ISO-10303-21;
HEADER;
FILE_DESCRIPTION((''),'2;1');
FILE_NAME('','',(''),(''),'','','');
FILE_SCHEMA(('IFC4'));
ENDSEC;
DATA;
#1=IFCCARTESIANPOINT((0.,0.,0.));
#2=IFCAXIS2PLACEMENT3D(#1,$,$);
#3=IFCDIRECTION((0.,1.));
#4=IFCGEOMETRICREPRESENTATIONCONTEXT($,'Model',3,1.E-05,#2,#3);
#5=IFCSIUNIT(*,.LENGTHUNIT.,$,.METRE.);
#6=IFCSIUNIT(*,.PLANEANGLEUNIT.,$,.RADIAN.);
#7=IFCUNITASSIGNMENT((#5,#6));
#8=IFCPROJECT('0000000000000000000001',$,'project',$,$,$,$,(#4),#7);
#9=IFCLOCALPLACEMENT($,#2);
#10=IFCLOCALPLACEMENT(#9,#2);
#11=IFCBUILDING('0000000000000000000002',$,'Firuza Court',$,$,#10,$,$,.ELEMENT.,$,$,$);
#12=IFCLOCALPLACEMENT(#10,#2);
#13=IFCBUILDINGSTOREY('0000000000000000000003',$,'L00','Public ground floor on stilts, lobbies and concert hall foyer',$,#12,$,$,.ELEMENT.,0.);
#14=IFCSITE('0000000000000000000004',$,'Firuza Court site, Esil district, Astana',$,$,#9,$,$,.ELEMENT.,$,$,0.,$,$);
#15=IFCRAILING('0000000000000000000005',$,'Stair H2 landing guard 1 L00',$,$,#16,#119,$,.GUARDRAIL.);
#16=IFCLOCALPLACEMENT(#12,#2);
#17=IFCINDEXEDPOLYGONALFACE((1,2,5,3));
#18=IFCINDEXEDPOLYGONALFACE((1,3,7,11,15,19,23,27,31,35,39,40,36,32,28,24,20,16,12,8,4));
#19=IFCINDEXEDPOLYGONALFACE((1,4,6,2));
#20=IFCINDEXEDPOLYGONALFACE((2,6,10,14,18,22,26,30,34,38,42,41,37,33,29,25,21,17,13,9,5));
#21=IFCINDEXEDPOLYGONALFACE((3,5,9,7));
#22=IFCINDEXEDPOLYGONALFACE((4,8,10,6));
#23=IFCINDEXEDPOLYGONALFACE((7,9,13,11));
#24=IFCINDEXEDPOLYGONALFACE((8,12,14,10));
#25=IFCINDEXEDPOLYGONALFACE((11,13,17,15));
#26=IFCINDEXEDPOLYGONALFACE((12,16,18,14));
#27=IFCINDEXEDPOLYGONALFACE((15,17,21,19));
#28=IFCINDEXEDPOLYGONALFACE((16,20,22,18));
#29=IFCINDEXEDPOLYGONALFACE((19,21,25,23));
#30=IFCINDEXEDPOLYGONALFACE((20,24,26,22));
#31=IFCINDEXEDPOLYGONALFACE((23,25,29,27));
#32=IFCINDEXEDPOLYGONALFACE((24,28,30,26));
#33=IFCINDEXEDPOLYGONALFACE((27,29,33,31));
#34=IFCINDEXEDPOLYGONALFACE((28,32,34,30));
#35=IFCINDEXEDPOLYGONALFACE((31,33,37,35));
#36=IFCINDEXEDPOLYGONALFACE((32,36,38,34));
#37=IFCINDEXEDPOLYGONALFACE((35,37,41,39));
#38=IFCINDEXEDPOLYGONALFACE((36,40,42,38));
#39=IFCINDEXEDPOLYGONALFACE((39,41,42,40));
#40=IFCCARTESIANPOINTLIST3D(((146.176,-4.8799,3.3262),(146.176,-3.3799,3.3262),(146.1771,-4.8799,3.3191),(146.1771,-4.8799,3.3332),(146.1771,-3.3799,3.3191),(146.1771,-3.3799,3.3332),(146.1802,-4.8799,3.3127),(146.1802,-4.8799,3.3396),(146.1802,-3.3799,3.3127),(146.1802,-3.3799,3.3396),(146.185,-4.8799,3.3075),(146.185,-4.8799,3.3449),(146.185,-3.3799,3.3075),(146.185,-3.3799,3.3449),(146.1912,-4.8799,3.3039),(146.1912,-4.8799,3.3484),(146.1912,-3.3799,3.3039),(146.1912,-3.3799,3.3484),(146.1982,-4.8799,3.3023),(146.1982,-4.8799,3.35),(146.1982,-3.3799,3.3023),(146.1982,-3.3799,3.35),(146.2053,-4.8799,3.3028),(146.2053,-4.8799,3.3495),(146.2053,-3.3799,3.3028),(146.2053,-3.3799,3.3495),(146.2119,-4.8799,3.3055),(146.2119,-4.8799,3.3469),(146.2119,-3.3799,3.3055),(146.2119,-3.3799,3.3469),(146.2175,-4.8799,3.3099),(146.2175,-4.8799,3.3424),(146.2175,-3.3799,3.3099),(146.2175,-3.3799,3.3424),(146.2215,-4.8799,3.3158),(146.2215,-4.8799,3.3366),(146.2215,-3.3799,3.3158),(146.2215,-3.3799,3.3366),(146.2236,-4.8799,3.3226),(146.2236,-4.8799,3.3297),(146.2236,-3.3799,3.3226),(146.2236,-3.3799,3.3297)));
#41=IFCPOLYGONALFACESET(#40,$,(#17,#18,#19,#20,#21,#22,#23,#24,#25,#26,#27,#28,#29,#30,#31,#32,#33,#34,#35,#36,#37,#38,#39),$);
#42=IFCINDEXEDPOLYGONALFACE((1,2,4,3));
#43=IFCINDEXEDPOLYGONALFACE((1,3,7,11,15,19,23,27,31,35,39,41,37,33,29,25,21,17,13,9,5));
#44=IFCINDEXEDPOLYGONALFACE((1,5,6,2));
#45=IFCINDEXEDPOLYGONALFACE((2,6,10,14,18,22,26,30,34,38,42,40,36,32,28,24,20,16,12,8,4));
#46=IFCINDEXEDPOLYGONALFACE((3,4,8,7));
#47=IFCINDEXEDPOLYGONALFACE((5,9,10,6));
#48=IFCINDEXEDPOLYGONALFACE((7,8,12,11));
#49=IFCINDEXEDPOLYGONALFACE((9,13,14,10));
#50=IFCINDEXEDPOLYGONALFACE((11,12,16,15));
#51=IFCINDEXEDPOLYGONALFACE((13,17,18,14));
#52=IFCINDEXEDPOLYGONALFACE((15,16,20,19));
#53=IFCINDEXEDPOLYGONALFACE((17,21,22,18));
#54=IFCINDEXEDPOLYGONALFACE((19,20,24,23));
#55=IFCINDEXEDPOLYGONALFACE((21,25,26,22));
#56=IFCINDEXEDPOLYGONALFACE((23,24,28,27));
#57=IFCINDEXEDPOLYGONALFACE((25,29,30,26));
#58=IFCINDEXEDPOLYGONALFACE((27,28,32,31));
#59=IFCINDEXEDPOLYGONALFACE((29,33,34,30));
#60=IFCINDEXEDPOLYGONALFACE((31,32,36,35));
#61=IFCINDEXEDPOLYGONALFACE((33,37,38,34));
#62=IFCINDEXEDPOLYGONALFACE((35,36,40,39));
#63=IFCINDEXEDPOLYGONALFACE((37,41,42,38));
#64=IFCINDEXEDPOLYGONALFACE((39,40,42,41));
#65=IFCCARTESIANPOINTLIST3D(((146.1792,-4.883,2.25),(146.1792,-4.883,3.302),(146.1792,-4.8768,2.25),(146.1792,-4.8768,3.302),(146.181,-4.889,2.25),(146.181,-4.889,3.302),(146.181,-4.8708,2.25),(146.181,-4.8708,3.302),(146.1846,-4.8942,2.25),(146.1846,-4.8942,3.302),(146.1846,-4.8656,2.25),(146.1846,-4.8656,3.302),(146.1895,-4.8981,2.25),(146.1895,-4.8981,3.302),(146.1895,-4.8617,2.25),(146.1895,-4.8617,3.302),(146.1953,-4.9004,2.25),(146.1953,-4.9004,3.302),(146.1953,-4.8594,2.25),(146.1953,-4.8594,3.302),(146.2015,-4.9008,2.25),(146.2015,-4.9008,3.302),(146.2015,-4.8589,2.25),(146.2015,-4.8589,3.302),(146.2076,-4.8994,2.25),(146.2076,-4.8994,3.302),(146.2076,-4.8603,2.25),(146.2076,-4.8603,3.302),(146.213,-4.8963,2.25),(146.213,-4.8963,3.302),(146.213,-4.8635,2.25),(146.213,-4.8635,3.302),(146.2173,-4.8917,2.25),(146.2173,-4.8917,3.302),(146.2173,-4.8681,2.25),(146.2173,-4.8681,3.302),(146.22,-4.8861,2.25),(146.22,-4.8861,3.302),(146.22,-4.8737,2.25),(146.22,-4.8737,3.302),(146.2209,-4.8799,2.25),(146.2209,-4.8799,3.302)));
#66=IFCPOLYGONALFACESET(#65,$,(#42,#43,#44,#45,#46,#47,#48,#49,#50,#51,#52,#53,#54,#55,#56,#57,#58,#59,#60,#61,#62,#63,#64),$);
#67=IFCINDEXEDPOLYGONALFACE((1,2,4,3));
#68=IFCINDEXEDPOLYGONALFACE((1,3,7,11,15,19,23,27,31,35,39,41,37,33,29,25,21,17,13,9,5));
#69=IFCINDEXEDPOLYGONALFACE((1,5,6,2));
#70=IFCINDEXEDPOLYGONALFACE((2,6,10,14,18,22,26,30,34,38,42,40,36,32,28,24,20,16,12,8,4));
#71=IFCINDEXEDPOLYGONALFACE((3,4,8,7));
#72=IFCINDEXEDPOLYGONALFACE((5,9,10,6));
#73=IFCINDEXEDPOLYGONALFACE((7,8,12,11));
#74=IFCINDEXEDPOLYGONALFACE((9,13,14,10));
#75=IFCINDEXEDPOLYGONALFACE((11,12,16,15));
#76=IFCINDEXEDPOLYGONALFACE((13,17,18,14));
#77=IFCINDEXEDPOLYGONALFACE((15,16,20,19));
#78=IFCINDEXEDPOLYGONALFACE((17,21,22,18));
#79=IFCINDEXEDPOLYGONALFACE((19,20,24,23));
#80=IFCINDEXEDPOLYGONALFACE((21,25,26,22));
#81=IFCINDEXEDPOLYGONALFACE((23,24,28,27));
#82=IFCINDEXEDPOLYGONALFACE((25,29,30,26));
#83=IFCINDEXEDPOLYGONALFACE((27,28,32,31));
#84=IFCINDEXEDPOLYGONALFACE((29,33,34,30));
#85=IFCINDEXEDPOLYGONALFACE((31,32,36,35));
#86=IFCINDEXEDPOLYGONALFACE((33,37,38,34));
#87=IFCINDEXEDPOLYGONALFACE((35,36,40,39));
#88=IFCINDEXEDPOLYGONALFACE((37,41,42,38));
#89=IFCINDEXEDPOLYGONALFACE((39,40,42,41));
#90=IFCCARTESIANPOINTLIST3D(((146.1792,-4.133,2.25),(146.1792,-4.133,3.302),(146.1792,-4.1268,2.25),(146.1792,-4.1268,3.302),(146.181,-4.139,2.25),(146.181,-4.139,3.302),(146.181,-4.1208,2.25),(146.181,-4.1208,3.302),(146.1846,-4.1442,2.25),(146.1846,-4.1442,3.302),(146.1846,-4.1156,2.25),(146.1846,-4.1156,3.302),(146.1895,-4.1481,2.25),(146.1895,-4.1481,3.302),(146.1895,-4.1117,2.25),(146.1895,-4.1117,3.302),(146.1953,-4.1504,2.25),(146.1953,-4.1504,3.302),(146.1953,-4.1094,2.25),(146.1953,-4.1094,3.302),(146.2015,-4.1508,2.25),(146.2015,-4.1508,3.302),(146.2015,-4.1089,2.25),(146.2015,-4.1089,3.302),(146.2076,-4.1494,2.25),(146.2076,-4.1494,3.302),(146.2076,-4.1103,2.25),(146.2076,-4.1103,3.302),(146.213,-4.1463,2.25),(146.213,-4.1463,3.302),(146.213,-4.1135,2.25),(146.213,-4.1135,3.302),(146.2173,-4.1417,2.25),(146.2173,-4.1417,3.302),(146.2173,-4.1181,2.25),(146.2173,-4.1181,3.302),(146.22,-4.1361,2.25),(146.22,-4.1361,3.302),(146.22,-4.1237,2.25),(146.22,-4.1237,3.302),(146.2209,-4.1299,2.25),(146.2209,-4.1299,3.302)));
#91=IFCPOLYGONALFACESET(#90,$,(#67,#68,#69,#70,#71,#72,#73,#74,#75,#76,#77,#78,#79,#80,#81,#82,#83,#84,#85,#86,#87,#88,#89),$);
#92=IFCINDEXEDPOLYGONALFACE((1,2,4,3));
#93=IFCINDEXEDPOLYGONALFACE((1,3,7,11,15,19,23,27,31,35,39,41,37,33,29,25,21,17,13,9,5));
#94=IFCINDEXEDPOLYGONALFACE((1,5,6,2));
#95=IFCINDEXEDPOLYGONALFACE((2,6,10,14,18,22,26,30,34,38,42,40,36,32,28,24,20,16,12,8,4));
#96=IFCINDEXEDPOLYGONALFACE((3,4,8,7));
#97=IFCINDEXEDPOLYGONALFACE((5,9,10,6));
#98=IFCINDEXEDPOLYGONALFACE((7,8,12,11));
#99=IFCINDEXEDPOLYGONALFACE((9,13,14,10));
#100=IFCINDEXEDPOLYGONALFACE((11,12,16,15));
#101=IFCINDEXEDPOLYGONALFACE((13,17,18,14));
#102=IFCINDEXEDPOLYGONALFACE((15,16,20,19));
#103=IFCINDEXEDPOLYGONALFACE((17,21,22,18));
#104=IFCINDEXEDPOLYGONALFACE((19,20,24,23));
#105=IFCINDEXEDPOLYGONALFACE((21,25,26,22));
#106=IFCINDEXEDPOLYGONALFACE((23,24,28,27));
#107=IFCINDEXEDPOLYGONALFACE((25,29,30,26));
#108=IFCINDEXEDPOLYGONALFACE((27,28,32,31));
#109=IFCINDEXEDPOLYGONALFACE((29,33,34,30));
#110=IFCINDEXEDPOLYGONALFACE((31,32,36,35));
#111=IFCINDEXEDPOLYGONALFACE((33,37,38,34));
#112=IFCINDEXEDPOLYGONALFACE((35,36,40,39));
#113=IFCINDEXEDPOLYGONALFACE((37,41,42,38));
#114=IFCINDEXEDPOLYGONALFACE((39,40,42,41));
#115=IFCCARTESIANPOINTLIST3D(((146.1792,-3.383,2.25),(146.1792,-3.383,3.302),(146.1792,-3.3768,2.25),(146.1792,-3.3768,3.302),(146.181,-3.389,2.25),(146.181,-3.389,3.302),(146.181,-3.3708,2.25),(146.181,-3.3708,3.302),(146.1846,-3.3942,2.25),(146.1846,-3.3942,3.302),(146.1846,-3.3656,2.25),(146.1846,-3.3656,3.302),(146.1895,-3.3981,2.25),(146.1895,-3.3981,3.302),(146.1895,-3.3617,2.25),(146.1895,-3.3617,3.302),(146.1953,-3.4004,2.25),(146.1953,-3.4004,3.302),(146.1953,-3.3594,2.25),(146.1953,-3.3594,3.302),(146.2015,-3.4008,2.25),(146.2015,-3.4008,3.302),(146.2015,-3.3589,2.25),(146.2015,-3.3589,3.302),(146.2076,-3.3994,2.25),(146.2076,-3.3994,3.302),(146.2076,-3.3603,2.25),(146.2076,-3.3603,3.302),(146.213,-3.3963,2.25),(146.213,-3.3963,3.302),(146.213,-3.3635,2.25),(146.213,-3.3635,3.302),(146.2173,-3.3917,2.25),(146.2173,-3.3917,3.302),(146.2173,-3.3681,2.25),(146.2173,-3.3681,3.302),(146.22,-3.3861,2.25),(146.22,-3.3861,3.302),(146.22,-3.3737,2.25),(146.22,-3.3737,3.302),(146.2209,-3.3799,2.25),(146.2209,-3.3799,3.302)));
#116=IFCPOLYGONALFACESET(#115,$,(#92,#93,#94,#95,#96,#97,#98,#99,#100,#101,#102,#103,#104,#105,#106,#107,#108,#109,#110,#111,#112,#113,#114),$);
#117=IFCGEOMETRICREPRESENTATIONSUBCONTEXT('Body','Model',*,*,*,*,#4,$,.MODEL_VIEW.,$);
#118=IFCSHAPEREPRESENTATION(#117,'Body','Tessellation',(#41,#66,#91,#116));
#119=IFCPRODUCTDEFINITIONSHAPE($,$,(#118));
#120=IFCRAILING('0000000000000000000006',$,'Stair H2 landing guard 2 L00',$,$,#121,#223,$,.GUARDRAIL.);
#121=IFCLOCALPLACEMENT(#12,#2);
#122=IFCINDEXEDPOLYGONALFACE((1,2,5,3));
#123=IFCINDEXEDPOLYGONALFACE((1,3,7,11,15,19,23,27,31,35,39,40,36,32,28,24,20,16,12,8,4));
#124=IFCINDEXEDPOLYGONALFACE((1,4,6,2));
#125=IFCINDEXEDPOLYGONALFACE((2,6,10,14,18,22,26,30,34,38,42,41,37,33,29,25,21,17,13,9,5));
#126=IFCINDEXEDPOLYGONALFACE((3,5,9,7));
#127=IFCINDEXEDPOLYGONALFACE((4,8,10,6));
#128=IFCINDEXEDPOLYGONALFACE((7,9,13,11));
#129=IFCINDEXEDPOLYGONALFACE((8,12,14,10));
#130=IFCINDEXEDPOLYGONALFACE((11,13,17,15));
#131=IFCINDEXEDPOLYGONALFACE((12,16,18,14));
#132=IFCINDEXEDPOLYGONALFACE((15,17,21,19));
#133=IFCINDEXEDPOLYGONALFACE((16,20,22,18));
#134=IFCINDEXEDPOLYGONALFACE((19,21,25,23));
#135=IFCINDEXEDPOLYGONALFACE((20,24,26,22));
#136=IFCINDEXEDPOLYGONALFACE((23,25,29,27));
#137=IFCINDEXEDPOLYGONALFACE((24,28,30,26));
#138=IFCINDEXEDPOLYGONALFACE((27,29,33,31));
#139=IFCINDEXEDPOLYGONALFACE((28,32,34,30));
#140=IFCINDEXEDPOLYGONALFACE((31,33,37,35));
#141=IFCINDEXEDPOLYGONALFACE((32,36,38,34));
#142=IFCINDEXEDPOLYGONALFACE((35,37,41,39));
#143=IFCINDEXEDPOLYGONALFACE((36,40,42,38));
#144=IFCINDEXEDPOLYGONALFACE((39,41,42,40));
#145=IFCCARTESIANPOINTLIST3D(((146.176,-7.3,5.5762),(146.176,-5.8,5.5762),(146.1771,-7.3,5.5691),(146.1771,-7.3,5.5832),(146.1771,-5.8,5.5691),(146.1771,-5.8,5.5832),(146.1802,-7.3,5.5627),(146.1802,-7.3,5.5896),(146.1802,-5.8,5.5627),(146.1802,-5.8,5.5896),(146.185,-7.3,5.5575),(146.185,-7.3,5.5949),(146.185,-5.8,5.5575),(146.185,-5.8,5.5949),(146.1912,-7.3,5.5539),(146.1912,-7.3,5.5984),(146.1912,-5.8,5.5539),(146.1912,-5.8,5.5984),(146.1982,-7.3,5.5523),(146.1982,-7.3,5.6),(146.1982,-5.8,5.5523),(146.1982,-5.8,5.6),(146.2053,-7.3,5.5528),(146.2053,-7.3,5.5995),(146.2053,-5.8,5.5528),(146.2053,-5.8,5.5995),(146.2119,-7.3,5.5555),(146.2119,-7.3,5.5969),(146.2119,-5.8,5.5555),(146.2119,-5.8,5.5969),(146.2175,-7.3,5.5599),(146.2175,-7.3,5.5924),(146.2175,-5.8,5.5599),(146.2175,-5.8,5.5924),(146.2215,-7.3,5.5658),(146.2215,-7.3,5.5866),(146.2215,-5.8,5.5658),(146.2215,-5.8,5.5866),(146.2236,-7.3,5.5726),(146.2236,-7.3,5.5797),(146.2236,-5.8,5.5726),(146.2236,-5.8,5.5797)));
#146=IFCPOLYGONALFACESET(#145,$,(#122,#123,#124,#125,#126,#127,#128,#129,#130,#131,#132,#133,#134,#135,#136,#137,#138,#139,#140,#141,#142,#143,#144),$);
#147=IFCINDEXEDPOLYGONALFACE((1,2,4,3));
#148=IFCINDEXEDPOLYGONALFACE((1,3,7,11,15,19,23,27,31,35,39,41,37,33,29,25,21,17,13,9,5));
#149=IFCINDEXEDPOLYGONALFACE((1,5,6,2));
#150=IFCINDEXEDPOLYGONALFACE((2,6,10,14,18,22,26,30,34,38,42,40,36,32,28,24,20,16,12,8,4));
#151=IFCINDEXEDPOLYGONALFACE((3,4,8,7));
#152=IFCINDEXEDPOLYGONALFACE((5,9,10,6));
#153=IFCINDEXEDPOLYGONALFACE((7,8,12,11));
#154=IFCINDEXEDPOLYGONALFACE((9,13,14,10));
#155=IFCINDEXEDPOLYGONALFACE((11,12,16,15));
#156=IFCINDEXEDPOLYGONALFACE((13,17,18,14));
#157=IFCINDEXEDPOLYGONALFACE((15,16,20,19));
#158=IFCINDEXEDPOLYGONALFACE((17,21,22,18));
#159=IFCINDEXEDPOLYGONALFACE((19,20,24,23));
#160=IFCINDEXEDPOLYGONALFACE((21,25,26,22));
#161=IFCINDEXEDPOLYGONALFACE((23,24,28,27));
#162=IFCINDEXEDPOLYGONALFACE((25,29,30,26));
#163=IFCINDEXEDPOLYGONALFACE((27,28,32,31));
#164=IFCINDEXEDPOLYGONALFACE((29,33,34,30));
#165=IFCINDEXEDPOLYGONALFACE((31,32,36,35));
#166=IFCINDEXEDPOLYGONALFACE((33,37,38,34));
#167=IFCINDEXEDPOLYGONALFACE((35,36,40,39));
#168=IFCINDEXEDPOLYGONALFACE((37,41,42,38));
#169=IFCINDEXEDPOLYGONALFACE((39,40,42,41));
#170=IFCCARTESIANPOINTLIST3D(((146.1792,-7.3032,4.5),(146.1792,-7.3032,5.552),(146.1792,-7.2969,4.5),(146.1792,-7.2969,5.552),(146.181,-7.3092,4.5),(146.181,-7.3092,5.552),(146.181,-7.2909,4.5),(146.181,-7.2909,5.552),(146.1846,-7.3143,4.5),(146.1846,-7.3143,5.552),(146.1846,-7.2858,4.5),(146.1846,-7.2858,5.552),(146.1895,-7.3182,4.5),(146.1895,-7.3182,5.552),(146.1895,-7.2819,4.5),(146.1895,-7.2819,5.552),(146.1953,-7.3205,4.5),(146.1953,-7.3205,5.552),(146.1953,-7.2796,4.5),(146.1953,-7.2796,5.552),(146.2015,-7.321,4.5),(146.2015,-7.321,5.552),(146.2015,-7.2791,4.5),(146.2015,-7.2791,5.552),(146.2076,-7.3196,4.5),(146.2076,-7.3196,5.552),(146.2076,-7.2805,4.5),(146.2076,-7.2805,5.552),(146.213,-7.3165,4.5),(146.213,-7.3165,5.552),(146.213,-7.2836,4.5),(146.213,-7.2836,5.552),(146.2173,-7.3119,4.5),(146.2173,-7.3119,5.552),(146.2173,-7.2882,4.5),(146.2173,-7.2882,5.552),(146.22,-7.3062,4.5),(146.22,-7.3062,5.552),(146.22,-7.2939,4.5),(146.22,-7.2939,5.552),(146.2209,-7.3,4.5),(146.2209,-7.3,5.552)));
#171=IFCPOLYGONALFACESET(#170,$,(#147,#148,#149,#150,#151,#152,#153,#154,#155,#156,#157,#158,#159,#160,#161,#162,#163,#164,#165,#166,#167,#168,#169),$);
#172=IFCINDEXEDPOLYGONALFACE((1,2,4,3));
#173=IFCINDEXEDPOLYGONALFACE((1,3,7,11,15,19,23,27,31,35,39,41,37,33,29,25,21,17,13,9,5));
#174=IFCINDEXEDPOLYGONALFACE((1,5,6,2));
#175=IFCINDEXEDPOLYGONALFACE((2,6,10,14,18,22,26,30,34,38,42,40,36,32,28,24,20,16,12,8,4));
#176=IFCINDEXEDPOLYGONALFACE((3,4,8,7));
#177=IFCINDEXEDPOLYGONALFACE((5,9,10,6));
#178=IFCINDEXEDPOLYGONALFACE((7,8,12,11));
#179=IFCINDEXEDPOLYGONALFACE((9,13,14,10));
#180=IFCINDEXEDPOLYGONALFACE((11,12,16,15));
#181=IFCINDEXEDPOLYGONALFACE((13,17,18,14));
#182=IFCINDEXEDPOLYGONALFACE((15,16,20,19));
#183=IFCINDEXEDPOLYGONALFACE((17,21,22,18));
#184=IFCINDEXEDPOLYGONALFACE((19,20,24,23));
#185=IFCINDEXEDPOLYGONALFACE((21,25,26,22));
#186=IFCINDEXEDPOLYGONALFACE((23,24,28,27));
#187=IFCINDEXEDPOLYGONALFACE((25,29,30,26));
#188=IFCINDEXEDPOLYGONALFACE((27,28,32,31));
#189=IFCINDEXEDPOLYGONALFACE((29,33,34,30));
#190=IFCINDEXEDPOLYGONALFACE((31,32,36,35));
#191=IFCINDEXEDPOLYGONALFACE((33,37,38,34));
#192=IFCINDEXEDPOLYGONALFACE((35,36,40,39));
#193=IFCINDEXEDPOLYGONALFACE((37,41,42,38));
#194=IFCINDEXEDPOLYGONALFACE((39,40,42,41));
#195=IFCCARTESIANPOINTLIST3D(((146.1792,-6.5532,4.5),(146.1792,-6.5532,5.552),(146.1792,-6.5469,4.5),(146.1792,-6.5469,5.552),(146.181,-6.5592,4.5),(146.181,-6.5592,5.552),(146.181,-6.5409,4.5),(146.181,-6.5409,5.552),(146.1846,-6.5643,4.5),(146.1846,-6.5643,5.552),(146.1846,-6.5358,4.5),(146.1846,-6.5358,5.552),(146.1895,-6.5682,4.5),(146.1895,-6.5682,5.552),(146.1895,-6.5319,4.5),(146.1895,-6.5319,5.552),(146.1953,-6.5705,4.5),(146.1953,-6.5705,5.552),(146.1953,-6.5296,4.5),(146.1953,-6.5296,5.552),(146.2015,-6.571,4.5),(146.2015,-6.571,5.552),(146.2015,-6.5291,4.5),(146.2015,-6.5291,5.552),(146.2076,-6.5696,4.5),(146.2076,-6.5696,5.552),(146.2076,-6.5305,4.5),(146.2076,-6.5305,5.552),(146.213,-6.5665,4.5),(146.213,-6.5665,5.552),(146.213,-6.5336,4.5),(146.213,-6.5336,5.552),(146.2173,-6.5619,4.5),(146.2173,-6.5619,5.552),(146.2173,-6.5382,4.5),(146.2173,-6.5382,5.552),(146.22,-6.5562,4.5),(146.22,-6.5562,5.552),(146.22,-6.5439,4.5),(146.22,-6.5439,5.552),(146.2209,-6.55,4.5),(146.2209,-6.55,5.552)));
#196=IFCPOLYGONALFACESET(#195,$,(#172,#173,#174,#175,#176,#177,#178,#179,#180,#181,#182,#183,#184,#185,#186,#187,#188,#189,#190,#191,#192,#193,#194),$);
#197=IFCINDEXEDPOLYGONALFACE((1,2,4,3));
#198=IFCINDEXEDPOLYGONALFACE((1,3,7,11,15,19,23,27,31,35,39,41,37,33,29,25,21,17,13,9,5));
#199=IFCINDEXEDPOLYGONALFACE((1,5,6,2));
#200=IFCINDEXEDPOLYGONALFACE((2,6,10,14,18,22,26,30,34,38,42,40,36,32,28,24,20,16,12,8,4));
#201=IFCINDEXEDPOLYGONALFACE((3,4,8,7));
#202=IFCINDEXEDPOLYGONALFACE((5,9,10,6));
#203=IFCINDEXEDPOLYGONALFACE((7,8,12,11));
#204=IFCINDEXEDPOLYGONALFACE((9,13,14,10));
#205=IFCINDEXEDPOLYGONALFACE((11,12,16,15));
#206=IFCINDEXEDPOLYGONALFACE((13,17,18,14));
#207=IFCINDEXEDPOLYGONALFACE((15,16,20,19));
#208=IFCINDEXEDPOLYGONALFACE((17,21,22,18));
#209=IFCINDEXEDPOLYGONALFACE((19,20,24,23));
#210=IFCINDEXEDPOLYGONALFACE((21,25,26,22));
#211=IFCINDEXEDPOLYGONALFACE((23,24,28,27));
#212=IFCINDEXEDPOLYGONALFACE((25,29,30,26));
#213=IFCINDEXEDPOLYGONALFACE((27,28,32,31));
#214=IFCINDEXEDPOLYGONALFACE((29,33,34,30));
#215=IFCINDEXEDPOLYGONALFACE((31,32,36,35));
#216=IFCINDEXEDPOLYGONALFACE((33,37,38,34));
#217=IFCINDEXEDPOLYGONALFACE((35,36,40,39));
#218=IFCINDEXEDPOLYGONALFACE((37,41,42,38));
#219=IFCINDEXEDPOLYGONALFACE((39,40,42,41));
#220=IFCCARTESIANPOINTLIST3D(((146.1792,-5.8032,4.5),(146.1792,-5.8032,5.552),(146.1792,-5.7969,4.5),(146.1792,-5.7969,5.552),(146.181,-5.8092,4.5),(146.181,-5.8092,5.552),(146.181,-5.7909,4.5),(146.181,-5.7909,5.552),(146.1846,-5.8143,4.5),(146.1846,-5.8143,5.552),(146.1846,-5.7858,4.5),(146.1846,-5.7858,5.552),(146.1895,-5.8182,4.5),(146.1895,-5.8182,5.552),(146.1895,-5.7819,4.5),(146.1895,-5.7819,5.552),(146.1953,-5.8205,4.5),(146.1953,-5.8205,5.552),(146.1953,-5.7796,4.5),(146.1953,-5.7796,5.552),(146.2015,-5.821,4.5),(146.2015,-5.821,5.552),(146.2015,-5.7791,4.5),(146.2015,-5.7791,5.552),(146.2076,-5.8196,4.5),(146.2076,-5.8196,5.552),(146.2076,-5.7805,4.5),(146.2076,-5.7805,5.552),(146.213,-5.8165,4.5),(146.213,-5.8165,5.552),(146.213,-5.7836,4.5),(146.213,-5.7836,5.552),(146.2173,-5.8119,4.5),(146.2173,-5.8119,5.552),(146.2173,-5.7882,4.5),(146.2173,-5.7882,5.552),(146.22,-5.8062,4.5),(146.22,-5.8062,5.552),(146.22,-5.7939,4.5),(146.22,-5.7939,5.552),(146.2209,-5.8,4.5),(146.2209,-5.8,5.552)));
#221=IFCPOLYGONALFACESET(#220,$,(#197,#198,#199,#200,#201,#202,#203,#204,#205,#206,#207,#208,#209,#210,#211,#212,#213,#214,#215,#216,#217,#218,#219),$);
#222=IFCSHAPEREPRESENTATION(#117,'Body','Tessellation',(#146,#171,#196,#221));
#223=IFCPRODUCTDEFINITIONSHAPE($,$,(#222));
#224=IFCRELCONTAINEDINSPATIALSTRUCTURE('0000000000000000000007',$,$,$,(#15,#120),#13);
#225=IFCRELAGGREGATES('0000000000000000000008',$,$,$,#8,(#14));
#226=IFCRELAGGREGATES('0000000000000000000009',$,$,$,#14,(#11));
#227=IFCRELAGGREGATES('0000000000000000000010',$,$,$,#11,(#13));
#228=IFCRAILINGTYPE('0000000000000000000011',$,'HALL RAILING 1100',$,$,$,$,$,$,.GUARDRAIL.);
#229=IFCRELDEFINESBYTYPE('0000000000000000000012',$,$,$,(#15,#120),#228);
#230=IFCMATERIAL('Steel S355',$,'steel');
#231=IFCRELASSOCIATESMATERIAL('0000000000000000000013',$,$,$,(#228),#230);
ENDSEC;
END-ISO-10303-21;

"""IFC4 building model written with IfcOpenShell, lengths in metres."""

from ifc_helpers import new_model, si_unit, direction, frame, origin, origin_2d, place, context, subcontext, project, spatial, circle, extrude, material, type_object, element, save


model = new_model("IFC4")

# Units and contexts
model_context = context("Model", 3, precision=1e-05, world=origin(), true_north=direction((0.0, 1.0)))
body_context = subcontext(model_context, "Body", "Model", "MODEL_VIEW")
ifc_project = project(units=[si_unit("LENGTHUNIT", "METRE"), si_unit("PLANEANGLEUNIT", "RADIAN")], contexts=[model_context])

# Site, building, storey
site_placement = place(None, origin())
site = spatial("IfcSite", under=ifc_project, at=site_placement, Name="Firuza Court site, Esil district, Astana", CompositionType="ELEMENT", RefElevation=0.0)
building_placement = place(site_placement, origin())
building = spatial("IfcBuilding", under=site, at=building_placement, Name="Firuza Court", CompositionType="ELEMENT")
storey_placement = place(building_placement, origin())
storey = spatial("IfcBuildingStorey", under=building, at=storey_placement, Name="L00", Description="Public ground floor on stilts, lobbies and concert hall foyer", CompositionType="ELEMENT", Elevation=0.0)

# Railings
ifc_material_1 = material(Name="Steel S355", Category="steel")
railing_type_1 = type_object("IfcRailingType", Name="HALL RAILING 1100", PredefinedType="GUARDRAIL", material=ifc_material_1)
for number, where, name in (
    (1, (146.2, -4.8799, 2.25), "Stair H2 landing guard 1 L00"),
    (2, (146.2, -7.3, 4.5), "Stair H2 landing guard 2 L00"),
):
    element("IfcRailing", number, at=place(storey_placement, frame(where)), inside=storey, type_object=railing_type_1, Name=name, PredefinedType="GUARDRAIL", context=body_context, shape_type="SweptSolid", body=[
        extrude(circle(Radius=0.0239, at=origin_2d()), frame((0.0, 0.0, 1.0762), z_axis=(0.0, 1.0, 0.0), x_axis=(-1.0, 0.0, 0.0)), (0.0, 0.0, 1.0), 1.5),
        extrude(circle(Radius=0.021, at=origin_2d()), origin(), (0.0, 0.0, 1.0), 1.052),
        extrude(circle(Radius=0.021, at=origin_2d()), frame((0.0, 0.75, 0.0)), (0.0, 0.0, 1.0), 1.052),
        extrude(circle(Radius=0.021, at=origin_2d()), frame((0.0, 1.5, 0.0)), (0.0, 0.0, 1.0), 1.052),
    ])

save(model, "model.ifc")
